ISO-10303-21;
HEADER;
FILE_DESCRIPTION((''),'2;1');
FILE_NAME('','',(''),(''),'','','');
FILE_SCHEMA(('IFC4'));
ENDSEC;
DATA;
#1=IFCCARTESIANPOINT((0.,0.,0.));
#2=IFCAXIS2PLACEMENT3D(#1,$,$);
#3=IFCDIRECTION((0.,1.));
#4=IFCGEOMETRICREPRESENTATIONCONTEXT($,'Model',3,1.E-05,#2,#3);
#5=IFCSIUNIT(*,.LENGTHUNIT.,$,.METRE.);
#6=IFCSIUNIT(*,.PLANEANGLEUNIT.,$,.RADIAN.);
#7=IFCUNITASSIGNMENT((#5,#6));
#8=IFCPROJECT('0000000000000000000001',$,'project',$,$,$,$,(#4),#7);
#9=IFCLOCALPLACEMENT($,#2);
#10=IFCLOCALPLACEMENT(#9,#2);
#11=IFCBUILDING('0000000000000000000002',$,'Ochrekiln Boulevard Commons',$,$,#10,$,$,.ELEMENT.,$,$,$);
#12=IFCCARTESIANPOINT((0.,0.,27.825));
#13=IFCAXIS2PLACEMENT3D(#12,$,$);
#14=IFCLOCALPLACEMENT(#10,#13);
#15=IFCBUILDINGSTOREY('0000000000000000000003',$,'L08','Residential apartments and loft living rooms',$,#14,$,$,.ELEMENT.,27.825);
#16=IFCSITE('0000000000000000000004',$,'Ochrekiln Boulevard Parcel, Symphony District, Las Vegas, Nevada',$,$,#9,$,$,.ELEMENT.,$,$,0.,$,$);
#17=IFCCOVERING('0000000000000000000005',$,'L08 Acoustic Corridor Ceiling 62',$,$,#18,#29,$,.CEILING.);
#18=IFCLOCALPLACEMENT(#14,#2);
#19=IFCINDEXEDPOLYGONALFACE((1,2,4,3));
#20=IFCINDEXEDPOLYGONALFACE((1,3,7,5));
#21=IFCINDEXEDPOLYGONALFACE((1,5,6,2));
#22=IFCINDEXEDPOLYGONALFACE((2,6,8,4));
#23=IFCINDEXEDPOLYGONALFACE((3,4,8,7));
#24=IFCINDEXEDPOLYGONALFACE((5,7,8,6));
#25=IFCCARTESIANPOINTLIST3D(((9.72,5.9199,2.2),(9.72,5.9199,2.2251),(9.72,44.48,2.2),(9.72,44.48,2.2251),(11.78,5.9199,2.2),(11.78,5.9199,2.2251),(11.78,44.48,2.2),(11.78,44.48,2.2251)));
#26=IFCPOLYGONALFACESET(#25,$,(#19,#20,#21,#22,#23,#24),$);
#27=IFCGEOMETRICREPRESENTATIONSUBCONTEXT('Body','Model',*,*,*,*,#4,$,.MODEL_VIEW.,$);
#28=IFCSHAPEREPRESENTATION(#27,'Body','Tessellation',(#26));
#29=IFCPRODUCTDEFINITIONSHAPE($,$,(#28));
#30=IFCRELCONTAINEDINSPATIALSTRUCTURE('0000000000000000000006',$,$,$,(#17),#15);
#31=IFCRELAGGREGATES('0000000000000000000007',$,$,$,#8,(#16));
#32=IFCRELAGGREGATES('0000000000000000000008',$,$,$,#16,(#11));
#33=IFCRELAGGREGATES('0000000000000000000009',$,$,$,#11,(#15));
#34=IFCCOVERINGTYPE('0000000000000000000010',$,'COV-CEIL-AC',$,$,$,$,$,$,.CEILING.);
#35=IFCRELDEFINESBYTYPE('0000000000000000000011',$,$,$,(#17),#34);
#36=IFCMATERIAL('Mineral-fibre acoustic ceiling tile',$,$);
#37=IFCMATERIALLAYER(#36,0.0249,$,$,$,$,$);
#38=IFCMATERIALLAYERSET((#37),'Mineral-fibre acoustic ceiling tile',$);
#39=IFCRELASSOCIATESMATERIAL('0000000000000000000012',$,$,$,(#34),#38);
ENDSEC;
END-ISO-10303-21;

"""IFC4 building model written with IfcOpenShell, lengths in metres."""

from ifc_helpers import new_model, si_unit, direction, frame, origin, place, context, subcontext, project, spatial, polyline, outline, extrude, material, layer, layer_set, type_object, element, save


model = new_model("IFC4")

# Units and contexts
model_context = context("Model", 3, precision=1e-05, world=origin(), true_north=direction((0.0, 1.0)))
body_context = subcontext(model_context, "Body", "Model", "MODEL_VIEW")
ifc_project = project(units=[si_unit("LENGTHUNIT", "METRE"), si_unit("PLANEANGLEUNIT", "RADIAN")], contexts=[model_context])

# Site, building, storey
site_placement = place(None, origin())
site = spatial("IfcSite", under=ifc_project, at=site_placement, Name="Ochrekiln Boulevard Parcel, Symphony District, Las Vegas, Nevada", CompositionType="ELEMENT", RefElevation=0.0)
building_placement = place(site_placement, origin())
building = spatial("IfcBuilding", under=site, at=building_placement, Name="Ochrekiln Boulevard Commons", CompositionType="ELEMENT")
storey_placement = place(building_placement, frame((0.0, 0.0, 27.825)))
storey = spatial("IfcBuildingStorey", under=building, at=storey_placement, Name="L08", Description="Residential apartments and loft living rooms", CompositionType="ELEMENT", Elevation=27.825)

# Covering
ifc_material_1 = material(Name="Mineral-fibre acoustic ceiling tile")
ifc_layer_1 = layer(ifc_material_1, 0.0249)
ifc_layer_set_1 = layer_set([ifc_layer_1], Name="Mineral-fibre acoustic ceiling tile")
covering_type = type_object("IfcCoveringType", Name="COV-CEIL-AC", PredefinedType="CEILING", material=ifc_layer_set_1)
covering_1_placement = place(storey_placement, frame((0.0, 0.0, 2.2)))
element("IfcCovering", 1, at=covering_1_placement, inside=storey, type_object=covering_type, Name="L08 Acoustic Corridor Ceiling 62", PredefinedType="CEILING", context=body_context, shape_type="SweptSolid", body=[
    extrude(outline(polyline([(9.72, 5.9199), (11.78, 5.9199), (11.78, 44.48), (9.72, 44.48), (9.72, 5.9199)])), origin(), (0.0, 0.0, 1.0), 0.0251),
])

save(model, "model.ifc")
